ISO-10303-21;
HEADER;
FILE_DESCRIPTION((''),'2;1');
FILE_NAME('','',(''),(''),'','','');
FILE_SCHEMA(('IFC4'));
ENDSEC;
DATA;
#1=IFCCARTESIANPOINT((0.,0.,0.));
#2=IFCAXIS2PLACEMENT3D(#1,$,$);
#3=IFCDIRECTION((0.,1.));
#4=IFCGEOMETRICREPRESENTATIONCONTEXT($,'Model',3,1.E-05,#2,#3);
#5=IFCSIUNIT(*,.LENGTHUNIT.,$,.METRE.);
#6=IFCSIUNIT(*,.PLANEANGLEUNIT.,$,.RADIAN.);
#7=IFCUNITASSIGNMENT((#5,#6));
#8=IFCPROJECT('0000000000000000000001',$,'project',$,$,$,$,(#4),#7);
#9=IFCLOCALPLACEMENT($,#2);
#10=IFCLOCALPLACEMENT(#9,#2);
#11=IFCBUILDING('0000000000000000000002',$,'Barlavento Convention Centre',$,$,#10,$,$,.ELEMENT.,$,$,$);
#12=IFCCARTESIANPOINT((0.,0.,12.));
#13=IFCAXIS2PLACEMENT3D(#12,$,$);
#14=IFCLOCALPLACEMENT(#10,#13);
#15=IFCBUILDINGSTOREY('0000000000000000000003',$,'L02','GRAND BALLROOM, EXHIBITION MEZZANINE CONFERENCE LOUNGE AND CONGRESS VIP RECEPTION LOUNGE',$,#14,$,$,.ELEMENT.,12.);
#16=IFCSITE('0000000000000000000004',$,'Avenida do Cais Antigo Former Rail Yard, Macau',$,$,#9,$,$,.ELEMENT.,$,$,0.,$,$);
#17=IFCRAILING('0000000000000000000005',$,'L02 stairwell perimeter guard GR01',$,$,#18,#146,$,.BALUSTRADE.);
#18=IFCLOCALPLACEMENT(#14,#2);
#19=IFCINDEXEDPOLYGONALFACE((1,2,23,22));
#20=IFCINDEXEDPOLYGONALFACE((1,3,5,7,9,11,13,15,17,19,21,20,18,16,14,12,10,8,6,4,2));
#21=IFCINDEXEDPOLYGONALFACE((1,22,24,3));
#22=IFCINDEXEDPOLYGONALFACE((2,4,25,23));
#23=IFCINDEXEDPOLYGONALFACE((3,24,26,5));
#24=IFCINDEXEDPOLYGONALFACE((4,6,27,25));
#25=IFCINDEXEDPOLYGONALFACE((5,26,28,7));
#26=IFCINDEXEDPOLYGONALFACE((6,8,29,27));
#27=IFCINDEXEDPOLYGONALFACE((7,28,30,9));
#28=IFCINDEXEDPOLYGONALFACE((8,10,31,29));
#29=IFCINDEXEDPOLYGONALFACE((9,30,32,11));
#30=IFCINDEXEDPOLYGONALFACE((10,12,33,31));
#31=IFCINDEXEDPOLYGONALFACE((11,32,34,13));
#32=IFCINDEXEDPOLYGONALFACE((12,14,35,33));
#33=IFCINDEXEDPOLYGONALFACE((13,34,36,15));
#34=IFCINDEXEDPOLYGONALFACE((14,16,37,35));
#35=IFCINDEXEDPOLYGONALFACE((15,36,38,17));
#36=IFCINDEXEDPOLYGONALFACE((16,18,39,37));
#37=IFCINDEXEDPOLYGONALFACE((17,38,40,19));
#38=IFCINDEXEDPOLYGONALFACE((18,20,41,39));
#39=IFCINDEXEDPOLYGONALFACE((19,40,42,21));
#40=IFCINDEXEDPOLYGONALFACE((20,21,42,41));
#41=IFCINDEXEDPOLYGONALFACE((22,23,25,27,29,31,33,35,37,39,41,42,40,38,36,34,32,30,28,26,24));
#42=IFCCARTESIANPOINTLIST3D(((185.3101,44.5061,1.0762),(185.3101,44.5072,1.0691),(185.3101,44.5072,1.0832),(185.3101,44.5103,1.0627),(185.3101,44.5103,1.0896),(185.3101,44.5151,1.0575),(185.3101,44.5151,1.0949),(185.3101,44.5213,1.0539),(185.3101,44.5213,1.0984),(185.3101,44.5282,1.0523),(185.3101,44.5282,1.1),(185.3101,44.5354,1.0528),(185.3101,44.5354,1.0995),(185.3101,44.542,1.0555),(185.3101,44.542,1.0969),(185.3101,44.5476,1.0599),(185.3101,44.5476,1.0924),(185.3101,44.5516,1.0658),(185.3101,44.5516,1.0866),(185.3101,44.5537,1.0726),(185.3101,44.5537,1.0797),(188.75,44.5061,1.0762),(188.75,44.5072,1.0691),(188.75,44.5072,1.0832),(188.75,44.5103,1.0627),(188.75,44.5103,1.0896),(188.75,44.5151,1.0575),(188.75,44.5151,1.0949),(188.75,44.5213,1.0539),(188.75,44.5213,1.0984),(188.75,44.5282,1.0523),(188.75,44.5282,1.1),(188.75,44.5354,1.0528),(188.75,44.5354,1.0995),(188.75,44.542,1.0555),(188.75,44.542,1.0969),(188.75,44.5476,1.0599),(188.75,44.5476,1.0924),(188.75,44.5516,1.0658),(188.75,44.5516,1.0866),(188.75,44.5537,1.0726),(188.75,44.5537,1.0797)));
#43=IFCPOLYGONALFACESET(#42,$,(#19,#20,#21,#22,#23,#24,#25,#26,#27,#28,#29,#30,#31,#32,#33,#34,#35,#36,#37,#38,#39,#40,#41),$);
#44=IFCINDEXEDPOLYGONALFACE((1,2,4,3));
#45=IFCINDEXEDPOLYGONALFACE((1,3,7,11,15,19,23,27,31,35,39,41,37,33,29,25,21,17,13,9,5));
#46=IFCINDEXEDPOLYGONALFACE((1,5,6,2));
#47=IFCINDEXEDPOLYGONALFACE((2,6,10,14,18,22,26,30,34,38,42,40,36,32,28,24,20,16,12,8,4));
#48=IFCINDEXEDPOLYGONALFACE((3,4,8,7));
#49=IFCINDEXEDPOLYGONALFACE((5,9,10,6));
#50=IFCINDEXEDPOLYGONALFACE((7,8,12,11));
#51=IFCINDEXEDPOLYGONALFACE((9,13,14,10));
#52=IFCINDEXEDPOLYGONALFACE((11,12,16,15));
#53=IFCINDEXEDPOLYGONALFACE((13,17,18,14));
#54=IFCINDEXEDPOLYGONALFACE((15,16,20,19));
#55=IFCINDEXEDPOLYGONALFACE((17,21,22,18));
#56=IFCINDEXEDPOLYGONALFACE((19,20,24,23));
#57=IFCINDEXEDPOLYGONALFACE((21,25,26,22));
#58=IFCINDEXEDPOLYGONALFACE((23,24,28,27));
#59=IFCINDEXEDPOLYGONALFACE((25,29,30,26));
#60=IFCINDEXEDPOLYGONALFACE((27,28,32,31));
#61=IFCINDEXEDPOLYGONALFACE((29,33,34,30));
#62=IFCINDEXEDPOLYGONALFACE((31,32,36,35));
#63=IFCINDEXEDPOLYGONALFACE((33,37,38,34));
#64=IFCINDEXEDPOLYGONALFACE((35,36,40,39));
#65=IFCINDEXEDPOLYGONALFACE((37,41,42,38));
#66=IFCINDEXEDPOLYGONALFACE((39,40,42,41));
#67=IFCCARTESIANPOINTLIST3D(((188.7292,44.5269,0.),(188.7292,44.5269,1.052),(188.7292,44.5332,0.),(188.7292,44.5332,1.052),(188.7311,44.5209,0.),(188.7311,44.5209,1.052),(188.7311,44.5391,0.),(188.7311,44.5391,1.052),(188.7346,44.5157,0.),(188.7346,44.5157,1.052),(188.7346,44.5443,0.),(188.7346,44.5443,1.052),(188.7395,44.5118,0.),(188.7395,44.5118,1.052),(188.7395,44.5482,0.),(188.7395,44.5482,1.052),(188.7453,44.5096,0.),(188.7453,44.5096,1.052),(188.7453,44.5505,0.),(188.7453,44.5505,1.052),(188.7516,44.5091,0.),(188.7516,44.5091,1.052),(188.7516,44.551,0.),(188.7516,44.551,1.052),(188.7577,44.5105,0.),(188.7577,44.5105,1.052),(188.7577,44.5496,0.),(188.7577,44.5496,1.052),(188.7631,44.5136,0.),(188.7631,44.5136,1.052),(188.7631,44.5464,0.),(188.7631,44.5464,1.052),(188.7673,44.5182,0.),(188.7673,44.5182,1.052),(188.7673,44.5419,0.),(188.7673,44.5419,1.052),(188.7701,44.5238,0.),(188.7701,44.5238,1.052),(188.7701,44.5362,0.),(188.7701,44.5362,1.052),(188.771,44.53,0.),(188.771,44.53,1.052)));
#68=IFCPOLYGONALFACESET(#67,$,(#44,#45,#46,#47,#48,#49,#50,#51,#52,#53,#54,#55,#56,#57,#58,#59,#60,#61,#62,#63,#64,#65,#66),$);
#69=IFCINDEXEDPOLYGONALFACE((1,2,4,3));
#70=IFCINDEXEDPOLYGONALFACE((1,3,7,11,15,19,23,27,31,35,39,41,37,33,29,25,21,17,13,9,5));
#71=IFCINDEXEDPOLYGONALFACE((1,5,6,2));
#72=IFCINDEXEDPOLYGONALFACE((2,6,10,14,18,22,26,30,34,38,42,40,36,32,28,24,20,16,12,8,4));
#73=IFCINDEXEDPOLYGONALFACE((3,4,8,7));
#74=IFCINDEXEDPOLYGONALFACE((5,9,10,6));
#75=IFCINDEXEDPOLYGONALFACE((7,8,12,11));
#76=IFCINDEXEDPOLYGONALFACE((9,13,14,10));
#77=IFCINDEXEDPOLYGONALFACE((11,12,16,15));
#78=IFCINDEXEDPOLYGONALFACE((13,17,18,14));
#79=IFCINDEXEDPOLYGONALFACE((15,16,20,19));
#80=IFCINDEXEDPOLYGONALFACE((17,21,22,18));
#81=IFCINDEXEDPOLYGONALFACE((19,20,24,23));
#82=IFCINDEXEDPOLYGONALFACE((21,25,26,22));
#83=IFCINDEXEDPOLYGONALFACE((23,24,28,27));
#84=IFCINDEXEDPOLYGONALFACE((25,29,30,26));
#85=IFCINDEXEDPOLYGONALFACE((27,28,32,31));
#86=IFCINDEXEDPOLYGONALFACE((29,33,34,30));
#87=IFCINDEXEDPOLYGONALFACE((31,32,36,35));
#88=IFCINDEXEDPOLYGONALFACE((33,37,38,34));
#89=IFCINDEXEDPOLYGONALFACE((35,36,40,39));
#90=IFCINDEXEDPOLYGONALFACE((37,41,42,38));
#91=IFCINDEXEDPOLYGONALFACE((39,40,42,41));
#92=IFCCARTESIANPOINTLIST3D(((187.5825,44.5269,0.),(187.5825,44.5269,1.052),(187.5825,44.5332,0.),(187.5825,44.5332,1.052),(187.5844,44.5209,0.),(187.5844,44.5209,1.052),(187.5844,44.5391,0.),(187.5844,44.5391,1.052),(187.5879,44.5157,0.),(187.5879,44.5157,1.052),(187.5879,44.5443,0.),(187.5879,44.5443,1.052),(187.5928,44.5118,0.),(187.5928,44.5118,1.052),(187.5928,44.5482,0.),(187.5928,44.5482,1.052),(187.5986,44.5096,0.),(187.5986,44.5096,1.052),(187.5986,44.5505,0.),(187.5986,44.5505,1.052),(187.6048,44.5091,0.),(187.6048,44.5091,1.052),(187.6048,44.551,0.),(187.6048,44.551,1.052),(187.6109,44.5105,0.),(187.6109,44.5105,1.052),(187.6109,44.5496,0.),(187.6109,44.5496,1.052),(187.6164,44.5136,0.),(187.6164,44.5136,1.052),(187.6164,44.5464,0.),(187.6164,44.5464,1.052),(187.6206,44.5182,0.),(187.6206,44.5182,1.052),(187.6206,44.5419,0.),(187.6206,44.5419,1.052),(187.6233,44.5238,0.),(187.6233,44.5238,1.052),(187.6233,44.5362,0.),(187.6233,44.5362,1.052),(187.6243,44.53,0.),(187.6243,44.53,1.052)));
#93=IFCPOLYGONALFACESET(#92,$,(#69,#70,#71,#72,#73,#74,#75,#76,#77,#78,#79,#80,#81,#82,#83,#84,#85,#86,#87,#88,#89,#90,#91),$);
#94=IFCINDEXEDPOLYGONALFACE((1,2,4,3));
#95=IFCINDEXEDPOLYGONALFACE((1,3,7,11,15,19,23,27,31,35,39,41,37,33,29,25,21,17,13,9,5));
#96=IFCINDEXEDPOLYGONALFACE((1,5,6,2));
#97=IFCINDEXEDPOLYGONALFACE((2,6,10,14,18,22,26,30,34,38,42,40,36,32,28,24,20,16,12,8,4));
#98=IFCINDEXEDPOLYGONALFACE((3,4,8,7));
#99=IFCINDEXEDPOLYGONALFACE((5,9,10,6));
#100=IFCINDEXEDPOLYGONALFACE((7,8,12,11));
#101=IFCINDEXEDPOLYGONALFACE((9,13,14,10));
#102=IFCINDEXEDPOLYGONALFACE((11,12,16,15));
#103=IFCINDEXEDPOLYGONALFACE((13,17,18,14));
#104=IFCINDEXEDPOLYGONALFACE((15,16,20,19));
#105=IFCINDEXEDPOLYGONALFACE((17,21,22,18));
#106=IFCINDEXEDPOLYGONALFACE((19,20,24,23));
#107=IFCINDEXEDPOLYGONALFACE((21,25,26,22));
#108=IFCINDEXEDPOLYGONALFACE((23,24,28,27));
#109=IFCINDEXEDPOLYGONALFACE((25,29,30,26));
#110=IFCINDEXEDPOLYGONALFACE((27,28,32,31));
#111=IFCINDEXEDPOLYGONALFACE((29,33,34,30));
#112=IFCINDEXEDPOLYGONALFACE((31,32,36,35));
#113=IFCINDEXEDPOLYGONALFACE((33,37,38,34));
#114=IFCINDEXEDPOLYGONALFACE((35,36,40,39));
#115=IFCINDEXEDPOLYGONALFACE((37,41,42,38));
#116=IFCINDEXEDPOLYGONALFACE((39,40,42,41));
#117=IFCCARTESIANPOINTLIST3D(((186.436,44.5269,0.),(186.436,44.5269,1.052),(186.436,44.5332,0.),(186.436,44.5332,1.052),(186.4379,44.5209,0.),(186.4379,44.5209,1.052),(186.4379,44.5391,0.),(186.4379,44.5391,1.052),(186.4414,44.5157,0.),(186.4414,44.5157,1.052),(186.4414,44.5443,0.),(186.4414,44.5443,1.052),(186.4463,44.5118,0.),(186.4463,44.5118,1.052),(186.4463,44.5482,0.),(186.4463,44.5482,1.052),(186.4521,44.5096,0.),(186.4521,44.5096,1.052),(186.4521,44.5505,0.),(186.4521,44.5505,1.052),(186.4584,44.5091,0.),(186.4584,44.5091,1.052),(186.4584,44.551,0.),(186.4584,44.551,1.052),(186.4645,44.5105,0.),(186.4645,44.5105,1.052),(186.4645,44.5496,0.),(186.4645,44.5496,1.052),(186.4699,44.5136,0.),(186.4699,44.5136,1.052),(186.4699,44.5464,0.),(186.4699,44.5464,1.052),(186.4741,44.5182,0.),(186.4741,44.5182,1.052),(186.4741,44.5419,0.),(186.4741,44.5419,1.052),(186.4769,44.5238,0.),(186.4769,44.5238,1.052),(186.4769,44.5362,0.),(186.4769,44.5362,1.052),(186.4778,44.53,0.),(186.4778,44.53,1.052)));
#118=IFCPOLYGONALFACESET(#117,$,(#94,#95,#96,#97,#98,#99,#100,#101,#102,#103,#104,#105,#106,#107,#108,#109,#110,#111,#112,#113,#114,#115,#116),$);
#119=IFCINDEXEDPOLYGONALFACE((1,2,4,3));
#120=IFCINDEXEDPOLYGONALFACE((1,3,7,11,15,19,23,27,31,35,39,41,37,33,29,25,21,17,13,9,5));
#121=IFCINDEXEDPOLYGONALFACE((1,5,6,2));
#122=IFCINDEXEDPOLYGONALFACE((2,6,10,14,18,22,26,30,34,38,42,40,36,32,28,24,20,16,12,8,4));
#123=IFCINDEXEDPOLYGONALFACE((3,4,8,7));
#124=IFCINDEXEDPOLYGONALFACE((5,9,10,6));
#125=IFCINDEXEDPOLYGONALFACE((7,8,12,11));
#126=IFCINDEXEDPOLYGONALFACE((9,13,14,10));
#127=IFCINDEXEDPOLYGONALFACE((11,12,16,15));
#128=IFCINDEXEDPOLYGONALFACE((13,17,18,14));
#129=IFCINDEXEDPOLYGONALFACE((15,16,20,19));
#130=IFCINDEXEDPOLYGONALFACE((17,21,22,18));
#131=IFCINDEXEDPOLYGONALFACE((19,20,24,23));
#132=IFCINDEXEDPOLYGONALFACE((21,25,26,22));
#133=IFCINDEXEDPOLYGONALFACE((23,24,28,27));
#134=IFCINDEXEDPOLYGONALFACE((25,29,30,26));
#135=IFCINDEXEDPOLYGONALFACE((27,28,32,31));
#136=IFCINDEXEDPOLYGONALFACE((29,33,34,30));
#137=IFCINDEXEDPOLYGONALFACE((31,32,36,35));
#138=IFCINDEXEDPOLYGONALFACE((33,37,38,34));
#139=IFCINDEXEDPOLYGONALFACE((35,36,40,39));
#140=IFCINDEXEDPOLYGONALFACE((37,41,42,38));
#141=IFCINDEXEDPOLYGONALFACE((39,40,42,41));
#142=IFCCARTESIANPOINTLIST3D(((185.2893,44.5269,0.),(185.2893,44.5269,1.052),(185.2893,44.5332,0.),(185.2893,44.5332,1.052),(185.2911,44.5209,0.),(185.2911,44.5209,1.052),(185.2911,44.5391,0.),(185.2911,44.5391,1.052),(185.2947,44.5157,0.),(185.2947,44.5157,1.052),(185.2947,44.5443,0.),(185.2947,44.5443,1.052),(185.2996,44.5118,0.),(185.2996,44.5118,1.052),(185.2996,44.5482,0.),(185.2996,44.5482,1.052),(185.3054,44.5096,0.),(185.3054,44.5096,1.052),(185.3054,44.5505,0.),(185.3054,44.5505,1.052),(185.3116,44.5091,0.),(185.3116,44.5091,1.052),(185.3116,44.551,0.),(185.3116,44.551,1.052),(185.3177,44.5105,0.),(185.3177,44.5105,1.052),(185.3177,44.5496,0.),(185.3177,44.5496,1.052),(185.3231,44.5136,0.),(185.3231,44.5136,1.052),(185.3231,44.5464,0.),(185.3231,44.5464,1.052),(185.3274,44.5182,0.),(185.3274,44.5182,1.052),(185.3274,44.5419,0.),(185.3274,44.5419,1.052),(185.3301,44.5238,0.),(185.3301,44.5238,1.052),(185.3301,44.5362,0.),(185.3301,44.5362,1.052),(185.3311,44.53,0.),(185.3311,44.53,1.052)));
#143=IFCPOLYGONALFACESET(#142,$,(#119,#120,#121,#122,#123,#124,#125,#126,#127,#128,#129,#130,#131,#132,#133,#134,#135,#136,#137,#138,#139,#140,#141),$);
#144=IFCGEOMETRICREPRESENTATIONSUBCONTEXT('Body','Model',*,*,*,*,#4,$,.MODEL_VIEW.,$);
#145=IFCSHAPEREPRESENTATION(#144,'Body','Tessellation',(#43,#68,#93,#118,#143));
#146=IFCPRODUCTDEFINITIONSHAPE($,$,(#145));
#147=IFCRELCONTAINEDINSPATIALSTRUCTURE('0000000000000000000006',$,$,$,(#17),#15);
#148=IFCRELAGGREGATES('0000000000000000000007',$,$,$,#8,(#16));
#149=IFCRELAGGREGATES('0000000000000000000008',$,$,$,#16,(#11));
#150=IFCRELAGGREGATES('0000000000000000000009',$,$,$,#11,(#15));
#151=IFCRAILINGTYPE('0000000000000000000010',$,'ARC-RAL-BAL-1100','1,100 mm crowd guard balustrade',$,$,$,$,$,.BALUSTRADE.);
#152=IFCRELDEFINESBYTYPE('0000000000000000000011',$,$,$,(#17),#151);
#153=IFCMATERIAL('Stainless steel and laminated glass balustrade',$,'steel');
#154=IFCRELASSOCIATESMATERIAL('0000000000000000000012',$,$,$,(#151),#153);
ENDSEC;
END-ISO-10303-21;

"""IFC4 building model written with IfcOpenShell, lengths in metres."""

from ifc_helpers import new_model, si_unit, direction, frame, origin, origin_2d, place, context, subcontext, project, spatial, circle, extrude, material, type_object, element, save


model = new_model("IFC4")

# Units and contexts
model_context = context("Model", 3, precision=1e-05, world=origin(), true_north=direction((0.0, 1.0)))
body_context = subcontext(model_context, "Body", "Model", "MODEL_VIEW")
ifc_project = project(units=[si_unit("LENGTHUNIT", "METRE"), si_unit("PLANEANGLEUNIT", "RADIAN")], contexts=[model_context])

# Site, building, storey
site_placement = place(None, origin())
site = spatial("IfcSite", under=ifc_project, at=site_placement, Name="Avenida do Cais Antigo Former Rail Yard, Macau", CompositionType="ELEMENT", RefElevation=0.0)
building_placement = place(site_placement, origin())
building = spatial("IfcBuilding", under=site, at=building_placement, Name="Barlavento Convention Centre", CompositionType="ELEMENT")
storey_placement = place(building_placement, frame((0.0, 0.0, 12.0)))
storey = spatial("IfcBuildingStorey", under=building, at=storey_placement, Name="L02", Description="GRAND BALLROOM, EXHIBITION MEZZANINE CONFERENCE LOUNGE AND CONGRESS VIP RECEPTION LOUNGE", CompositionType="ELEMENT", Elevation=12.0)

# Railing
ifc_material_1 = material(Name="Stainless steel and laminated glass balustrade", Category="steel")
railing_type_1 = type_object("IfcRailingType", Name="ARC-RAL-BAL-1100", Description="1,100 mm crowd guard balustrade", PredefinedType="BALUSTRADE", material=ifc_material_1)
railing_1_placement = place(storey_placement, frame((188.75, 44.53, 0.0)))
element("IfcRailing", 1, at=railing_1_placement, inside=storey, type_object=railing_type_1, Name="L02 stairwell perimeter guard GR01", PredefinedType="BALUSTRADE", context=body_context, shape_type="SweptSolid", body=[
    extrude(circle(Radius=0.0239, at=origin_2d()), frame((0.0, 0.0, 1.0762), z_axis=(-1.0, 0.0, 0.0), x_axis=(0.0, -1.0, 0.0)), (0.0, 0.0, 1.0), 3.4399),
    extrude(circle(Radius=0.021, at=origin_2d()), origin(), (0.0, 0.0, 1.0), 1.052),
    extrude(circle(Radius=0.021, at=origin_2d()), frame((-1.1467, 0.0, 0.0)), (0.0, 0.0, 1.0), 1.052),
    extrude(circle(Radius=0.021, at=origin_2d()), frame((-2.2932, 0.0, 0.0)), (0.0, 0.0, 1.0), 1.052),
    extrude(circle(Radius=0.021, at=origin_2d()), frame((-3.4399, 0.0, 0.0)), (0.0, 0.0, 1.0), 1.052),
])

save(model, "model.ifc")
